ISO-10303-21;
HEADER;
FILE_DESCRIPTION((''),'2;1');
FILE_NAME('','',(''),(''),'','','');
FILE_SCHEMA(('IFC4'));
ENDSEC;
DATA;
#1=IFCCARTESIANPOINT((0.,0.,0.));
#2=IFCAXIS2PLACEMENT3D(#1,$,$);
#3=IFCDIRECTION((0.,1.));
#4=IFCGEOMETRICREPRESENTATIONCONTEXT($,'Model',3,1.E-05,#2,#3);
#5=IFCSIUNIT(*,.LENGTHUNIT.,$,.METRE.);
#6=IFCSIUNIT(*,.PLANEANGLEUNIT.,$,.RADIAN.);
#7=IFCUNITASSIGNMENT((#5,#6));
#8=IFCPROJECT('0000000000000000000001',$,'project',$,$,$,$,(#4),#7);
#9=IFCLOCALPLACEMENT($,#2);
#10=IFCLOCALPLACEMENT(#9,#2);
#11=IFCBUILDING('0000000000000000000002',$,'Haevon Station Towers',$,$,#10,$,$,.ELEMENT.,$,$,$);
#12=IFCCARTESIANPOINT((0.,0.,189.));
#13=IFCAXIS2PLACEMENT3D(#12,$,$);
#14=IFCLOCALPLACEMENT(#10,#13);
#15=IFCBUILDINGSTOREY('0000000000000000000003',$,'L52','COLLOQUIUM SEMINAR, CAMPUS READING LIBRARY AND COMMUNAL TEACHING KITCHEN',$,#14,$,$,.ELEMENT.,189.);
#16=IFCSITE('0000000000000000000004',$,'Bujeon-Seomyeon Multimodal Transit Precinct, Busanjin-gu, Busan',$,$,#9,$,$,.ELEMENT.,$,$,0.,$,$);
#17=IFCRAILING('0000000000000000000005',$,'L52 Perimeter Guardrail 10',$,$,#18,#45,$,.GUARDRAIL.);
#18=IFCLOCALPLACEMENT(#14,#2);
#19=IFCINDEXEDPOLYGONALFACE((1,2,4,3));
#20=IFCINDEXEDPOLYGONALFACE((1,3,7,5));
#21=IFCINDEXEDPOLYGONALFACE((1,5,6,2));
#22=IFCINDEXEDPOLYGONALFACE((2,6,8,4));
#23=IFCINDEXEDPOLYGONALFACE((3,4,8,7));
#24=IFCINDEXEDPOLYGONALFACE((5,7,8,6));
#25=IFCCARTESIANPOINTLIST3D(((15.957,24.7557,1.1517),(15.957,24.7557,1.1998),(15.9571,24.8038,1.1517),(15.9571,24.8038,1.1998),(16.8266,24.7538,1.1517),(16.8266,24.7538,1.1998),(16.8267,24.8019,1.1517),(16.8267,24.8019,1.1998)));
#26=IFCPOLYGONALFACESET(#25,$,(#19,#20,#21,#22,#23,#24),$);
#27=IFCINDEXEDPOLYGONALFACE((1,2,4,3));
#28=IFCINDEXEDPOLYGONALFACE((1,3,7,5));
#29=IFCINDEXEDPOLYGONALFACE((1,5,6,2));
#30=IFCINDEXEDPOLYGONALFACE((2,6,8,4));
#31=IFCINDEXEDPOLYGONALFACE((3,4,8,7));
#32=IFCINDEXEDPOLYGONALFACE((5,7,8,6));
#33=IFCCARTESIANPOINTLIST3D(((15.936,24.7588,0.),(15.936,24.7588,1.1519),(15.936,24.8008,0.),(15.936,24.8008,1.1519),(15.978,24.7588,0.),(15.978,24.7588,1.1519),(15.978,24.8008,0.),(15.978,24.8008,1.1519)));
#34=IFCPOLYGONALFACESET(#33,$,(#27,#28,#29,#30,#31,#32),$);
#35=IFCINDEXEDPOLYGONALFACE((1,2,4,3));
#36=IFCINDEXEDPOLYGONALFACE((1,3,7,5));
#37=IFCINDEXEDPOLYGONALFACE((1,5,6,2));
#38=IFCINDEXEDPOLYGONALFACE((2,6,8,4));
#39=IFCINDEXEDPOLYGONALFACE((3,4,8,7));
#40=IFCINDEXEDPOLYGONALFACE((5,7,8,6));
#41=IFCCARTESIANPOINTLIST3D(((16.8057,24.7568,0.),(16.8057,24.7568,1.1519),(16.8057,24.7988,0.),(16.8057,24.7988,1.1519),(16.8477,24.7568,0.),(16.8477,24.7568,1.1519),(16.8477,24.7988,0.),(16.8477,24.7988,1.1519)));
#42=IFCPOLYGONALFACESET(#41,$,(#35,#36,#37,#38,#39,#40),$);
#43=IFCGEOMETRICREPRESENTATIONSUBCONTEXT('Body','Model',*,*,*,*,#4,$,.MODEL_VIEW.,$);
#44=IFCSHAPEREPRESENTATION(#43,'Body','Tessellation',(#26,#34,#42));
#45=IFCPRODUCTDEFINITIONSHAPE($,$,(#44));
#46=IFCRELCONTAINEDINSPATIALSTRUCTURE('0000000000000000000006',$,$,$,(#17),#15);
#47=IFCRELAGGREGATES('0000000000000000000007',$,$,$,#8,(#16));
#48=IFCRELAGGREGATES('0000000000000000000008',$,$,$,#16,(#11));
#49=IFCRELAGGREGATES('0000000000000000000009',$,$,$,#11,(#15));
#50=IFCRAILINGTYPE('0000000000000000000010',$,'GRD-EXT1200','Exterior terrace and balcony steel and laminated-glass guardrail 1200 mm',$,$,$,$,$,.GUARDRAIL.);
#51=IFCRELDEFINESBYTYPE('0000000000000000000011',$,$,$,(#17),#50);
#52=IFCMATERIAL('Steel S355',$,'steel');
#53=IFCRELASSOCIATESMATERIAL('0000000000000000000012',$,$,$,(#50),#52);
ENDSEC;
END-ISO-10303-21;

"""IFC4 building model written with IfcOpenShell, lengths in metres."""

from ifc_helpers import new_model, si_unit, direction, frame, origin, origin_2d, place, context, subcontext, project, spatial, rectangle, extrude, material, type_object, element, save


model = new_model("IFC4")

# Units and contexts
model_context = context("Model", 3, precision=1e-05, world=origin(), true_north=direction((0.0, 1.0)))
body_context = subcontext(model_context, "Body", "Model", "MODEL_VIEW")
ifc_project = project(units=[si_unit("LENGTHUNIT", "METRE"), si_unit("PLANEANGLEUNIT", "RADIAN")], contexts=[model_context])

# Site, building, storey
site_placement = place(None, origin())
site = spatial("IfcSite", under=ifc_project, at=site_placement, Name="Bujeon-Seomyeon Multimodal Transit Precinct, Busanjin-gu, Busan", CompositionType="ELEMENT", RefElevation=0.0)
building_placement = place(site_placement, origin())
building = spatial("IfcBuilding", under=site, at=building_placement, Name="Haevon Station Towers", CompositionType="ELEMENT")
storey_placement = place(building_placement, frame((0.0, 0.0, 189.0)))
storey = spatial("IfcBuildingStorey", under=building, at=storey_placement, Name="L52", Description="COLLOQUIUM SEMINAR, CAMPUS READING LIBRARY AND COMMUNAL TEACHING KITCHEN", CompositionType="ELEMENT", Elevation=189.0)

# Shared definitions
ifc_material_1 = material(Name="Steel S355", Category="steel")

# Railing
railing_type = type_object("IfcRailingType", Name="GRD-EXT1200", Description="Exterior terrace and balcony steel and laminated-glass guardrail 1200 mm", PredefinedType="GUARDRAIL", material=ifc_material_1)
railing_placement = place(storey_placement, frame((15.957, 24.7798, 0.0)))
element("IfcRailing", 1, at=railing_placement, inside=storey, type_object=railing_type, Name="L52 Perimeter Guardrail 10", PredefinedType="GUARDRAIL", context=body_context, shape_type="SweptSolid", body=[
    extrude(rectangle(XDim=0.0481, YDim=0.0481, at=origin_2d()), frame((0.0, 0.0, 1.1758), z_axis=(0.999997, -0.002246, 0.0), x_axis=(0.002246, 0.999997, 0.0)), (0.0, 0.0, 1.0), 0.8696),
    extrude(rectangle(XDim=0.042, YDim=0.042, at=origin_2d()), origin(), (0.0, 0.0, 1.0), 1.1519),
    extrude(rectangle(XDim=0.042, YDim=0.042, at=origin_2d()), frame((0.8696, -0.002, 0.0)), (0.0, 0.0, 1.0), 1.1519),
])

save(model, "model.ifc")
